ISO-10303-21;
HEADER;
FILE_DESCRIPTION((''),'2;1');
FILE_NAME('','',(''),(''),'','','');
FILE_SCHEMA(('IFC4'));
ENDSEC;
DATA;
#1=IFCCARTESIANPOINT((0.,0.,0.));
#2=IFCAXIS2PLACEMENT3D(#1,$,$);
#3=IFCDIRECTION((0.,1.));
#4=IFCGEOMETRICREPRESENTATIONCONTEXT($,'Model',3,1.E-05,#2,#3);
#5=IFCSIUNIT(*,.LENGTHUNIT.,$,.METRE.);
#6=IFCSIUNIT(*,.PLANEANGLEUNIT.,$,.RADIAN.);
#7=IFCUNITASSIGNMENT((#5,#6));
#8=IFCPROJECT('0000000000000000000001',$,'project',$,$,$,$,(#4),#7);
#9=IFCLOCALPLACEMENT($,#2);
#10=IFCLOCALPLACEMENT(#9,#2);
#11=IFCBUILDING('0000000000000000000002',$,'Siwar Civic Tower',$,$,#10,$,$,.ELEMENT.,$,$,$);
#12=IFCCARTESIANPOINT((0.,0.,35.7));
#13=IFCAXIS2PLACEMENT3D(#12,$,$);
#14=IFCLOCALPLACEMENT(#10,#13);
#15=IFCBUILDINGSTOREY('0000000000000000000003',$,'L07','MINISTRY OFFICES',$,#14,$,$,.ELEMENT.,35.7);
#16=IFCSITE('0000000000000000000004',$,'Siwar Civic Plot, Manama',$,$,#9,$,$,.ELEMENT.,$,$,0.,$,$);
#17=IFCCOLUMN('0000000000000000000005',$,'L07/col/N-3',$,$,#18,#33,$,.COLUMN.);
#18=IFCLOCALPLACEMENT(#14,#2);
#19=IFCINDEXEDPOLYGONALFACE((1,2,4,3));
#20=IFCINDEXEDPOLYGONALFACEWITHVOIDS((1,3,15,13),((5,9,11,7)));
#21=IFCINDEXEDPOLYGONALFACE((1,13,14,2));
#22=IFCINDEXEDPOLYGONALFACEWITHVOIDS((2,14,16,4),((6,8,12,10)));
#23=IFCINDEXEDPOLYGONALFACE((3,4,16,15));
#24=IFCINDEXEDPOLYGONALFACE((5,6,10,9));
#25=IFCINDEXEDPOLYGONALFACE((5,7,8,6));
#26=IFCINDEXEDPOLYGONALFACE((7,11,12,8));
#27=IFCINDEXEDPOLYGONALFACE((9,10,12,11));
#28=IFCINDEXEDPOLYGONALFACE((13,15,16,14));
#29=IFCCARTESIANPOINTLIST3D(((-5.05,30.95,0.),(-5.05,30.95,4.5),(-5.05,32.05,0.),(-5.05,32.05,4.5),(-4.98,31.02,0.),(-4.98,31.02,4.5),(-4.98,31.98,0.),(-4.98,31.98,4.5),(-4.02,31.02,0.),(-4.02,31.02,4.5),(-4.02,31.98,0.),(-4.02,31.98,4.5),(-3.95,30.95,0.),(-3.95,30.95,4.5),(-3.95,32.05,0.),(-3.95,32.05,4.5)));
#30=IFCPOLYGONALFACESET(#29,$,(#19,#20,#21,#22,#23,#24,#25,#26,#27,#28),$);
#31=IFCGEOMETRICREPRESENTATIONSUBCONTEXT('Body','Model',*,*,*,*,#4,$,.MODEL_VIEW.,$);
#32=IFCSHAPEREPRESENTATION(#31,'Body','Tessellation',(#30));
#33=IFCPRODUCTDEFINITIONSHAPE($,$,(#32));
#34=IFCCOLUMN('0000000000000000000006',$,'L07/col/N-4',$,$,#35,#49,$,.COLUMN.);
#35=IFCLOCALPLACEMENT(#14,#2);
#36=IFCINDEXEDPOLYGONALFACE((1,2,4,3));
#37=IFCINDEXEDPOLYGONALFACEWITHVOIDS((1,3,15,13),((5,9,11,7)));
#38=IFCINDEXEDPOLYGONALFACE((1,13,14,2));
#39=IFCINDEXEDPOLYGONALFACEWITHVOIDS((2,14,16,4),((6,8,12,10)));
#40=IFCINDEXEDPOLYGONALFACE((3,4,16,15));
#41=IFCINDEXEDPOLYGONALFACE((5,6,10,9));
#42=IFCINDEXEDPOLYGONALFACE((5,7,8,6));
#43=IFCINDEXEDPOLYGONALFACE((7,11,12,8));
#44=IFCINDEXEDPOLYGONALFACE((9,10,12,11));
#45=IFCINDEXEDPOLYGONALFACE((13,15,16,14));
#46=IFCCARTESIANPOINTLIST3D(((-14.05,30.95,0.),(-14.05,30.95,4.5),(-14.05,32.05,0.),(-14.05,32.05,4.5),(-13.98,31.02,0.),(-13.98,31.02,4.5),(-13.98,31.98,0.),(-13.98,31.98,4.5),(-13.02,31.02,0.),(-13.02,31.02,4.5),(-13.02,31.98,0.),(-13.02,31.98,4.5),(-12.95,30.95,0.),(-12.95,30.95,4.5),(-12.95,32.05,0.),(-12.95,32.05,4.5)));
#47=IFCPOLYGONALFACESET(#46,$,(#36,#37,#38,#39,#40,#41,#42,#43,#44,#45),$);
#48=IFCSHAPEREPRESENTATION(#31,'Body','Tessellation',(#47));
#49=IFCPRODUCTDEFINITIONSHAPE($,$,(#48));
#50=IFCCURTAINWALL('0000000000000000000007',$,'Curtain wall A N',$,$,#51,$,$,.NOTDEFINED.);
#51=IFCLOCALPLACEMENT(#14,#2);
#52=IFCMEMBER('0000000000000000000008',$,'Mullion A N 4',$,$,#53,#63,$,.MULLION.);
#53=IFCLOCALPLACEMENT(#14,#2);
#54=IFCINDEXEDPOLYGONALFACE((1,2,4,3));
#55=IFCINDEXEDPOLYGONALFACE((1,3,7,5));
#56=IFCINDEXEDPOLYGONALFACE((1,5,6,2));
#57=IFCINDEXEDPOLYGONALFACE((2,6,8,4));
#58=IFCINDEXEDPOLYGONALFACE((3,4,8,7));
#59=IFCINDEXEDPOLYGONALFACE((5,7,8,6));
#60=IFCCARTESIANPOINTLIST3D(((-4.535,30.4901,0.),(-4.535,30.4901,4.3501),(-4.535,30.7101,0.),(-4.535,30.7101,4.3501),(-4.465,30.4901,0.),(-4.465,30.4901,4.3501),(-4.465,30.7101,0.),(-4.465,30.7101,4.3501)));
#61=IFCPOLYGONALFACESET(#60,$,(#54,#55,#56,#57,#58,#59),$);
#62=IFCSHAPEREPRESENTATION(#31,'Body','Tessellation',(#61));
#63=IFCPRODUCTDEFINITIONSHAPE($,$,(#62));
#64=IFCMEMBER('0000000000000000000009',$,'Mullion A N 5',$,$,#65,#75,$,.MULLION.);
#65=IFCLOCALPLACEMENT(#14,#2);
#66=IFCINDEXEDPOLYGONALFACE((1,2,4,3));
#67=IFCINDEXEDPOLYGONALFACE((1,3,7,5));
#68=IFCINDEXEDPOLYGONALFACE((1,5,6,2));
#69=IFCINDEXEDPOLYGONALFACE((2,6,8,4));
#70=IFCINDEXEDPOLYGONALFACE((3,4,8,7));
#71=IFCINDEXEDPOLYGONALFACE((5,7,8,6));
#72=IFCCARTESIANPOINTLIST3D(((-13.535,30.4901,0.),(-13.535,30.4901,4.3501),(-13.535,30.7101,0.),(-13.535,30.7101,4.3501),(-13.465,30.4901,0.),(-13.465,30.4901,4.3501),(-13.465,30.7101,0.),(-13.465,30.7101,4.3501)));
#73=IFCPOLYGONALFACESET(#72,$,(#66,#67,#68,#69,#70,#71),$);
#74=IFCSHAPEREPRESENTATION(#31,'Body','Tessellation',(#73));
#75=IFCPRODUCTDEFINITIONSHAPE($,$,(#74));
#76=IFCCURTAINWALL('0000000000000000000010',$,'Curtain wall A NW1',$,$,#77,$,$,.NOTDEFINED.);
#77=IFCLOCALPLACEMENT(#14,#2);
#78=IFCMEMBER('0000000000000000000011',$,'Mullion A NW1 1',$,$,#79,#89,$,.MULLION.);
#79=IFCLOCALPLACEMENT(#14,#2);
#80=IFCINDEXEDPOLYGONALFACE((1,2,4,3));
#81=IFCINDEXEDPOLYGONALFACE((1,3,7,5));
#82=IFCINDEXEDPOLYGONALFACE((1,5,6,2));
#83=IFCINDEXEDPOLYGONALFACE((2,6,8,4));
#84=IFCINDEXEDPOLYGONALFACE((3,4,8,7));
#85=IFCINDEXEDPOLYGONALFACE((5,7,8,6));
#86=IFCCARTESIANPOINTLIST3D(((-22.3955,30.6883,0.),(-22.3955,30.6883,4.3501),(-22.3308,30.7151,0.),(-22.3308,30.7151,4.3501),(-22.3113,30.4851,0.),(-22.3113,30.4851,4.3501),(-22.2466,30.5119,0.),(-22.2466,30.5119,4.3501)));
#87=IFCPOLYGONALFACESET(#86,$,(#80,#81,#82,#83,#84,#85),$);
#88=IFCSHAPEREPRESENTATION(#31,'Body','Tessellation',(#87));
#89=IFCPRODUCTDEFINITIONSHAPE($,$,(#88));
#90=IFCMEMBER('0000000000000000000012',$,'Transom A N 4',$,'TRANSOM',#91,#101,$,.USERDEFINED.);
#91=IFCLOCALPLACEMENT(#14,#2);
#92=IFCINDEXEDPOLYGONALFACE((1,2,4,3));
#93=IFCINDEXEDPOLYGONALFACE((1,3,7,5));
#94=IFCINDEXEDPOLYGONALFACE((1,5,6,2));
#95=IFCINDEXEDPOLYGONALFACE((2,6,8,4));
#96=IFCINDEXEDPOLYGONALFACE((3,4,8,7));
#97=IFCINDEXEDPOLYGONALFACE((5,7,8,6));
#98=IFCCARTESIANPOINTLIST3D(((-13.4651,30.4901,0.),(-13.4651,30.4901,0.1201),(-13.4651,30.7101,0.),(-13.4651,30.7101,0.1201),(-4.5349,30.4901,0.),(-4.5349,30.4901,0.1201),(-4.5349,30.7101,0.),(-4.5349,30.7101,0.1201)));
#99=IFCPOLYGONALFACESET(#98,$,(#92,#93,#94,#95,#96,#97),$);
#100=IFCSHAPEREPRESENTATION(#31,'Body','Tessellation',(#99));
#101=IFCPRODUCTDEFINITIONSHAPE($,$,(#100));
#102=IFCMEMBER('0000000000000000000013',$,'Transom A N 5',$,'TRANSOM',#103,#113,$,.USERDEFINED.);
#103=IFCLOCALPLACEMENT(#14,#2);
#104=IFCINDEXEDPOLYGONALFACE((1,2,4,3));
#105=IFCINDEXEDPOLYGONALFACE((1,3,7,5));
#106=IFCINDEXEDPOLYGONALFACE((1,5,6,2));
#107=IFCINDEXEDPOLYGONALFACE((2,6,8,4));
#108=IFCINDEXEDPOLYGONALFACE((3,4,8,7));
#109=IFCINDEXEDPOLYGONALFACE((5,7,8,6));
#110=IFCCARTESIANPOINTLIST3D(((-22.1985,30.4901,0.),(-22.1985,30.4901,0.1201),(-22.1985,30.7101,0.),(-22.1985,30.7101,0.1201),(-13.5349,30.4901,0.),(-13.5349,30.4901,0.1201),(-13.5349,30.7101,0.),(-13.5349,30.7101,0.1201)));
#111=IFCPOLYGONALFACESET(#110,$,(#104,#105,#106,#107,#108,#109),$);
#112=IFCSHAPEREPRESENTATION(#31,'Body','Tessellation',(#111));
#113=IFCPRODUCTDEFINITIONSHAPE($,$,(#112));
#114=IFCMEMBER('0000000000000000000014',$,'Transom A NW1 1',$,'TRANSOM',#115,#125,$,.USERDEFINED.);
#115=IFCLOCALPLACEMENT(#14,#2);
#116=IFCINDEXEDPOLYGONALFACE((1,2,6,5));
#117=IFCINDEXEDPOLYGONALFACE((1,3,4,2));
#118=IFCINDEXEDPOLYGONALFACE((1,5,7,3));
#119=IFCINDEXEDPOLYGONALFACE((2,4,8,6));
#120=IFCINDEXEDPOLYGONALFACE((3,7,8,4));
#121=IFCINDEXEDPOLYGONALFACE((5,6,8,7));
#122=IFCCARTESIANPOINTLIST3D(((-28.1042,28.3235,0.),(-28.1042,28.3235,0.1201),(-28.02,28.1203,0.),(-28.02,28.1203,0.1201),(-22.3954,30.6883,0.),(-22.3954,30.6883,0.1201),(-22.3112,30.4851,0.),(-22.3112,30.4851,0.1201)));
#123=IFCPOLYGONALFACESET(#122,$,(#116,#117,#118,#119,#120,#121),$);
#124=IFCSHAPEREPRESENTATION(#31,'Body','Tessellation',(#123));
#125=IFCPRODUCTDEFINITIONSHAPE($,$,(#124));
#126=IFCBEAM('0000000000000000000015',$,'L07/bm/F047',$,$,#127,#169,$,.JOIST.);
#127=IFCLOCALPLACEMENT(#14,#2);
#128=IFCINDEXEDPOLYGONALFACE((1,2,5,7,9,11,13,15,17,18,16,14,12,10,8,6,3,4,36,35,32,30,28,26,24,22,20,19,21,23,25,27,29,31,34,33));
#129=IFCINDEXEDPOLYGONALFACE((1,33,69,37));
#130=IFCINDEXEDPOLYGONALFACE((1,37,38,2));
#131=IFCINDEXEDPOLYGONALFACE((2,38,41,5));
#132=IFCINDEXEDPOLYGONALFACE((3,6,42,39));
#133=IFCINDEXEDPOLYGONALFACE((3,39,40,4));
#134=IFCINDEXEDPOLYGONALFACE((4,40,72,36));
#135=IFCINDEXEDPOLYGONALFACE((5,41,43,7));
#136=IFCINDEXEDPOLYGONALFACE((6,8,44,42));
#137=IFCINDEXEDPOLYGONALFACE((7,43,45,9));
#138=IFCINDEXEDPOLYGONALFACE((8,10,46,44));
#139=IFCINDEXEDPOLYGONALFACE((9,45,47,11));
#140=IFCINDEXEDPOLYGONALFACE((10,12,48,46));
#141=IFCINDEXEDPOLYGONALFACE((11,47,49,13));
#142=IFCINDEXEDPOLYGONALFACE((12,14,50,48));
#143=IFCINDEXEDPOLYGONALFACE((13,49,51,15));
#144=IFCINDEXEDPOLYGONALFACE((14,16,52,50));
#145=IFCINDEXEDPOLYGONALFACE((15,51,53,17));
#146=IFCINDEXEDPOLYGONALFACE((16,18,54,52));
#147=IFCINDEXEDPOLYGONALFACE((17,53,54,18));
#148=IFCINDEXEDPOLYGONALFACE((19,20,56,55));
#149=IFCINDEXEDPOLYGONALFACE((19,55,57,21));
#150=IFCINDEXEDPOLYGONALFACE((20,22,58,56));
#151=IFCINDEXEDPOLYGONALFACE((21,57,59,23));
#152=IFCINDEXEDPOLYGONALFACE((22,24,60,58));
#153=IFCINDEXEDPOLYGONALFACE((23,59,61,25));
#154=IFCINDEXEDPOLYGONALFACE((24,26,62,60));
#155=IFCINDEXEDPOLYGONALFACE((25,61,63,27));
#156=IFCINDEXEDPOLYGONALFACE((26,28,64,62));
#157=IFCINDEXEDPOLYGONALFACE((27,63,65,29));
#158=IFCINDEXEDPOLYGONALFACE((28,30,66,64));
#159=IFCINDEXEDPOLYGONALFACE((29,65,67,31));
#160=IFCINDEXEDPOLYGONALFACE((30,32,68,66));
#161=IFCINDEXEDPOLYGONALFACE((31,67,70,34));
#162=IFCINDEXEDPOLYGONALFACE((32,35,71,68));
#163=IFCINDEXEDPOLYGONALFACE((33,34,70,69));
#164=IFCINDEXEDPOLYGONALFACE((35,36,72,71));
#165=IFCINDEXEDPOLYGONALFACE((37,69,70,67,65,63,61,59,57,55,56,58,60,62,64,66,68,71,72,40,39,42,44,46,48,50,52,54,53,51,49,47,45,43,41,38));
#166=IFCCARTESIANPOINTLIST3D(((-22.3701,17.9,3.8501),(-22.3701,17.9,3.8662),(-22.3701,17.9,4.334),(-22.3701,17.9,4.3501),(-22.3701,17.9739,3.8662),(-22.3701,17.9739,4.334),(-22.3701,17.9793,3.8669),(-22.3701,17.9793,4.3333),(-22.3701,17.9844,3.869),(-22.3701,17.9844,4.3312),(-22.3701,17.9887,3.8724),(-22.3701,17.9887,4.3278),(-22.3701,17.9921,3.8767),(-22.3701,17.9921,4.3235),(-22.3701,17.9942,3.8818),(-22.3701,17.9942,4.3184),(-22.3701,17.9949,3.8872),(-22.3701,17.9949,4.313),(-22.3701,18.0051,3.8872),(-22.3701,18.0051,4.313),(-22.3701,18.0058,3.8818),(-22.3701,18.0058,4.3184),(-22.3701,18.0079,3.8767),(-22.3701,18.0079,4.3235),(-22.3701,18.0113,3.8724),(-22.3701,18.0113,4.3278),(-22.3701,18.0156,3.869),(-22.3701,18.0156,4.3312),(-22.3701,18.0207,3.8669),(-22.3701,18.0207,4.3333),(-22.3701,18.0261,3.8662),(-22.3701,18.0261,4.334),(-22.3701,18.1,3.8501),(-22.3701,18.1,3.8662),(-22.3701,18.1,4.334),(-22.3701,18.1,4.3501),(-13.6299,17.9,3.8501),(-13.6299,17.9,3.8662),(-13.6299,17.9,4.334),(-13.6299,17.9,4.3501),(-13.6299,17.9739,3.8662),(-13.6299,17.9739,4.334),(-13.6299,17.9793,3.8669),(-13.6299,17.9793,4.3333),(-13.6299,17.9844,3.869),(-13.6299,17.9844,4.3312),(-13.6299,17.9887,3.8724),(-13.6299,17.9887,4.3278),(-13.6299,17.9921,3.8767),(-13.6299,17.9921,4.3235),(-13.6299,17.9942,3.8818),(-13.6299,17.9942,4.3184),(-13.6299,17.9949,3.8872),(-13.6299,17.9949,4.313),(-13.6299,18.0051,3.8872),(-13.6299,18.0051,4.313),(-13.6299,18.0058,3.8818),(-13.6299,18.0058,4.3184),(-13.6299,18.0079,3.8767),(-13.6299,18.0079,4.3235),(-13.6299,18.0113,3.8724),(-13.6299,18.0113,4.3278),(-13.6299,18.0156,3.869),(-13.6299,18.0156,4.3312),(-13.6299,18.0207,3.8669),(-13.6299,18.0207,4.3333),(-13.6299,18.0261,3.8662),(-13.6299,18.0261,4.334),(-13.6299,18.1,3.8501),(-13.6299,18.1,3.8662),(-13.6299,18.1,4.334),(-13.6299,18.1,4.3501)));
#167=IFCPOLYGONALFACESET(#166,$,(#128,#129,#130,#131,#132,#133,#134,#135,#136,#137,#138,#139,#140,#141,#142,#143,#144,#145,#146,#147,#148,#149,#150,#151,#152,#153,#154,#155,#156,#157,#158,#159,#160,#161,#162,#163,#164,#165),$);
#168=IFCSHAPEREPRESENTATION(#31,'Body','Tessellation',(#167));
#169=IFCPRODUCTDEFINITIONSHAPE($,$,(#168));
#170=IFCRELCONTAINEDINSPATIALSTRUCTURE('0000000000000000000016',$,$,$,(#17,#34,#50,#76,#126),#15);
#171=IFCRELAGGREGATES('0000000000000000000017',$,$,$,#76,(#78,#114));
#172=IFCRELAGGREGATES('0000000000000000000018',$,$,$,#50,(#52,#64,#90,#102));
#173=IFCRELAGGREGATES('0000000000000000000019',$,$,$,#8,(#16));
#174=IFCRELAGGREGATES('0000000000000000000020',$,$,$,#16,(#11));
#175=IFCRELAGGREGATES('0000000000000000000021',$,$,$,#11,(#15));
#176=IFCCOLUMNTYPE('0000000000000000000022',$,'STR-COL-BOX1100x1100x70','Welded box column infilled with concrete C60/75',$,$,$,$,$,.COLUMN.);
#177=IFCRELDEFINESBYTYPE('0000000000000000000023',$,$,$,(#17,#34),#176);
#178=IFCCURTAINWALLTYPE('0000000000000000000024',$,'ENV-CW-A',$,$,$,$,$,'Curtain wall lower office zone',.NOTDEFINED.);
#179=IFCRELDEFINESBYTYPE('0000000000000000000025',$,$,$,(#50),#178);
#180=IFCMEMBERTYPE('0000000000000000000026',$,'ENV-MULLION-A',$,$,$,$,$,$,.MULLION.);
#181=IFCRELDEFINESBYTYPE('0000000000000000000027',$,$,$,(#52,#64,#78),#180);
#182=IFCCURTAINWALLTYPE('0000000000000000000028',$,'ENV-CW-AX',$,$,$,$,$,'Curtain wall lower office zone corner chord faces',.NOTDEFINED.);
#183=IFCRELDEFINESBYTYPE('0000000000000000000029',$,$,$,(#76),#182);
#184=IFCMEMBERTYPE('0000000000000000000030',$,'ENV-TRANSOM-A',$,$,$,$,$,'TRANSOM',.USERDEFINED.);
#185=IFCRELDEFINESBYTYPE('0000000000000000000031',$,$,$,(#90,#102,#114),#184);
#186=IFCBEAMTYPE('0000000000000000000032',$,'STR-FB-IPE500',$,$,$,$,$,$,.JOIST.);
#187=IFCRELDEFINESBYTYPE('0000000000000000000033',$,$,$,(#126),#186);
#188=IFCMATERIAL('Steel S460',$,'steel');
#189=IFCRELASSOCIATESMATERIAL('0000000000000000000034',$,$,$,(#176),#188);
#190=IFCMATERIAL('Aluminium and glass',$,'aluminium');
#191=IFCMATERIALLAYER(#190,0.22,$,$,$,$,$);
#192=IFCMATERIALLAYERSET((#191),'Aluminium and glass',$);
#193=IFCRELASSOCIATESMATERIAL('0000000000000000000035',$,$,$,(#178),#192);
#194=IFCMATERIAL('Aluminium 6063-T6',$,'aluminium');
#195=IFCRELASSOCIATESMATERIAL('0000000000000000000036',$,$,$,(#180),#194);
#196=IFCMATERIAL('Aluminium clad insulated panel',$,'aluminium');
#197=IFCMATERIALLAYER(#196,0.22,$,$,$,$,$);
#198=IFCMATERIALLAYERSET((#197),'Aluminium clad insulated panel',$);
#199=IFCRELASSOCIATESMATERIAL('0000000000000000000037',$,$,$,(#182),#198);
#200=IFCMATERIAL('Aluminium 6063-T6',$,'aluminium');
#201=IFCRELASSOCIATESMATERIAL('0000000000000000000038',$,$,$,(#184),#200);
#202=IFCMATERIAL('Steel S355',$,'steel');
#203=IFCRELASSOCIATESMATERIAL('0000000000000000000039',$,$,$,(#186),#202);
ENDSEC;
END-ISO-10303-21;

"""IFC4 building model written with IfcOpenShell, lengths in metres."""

from ifc_helpers import new_model, si_unit, direction, frame, origin, origin_2d, place, context, subcontext, project, spatial, rectangle, hollow_rectangle, i_section, extrude, material, layer, layer_set, material_profile, profile_set, type_object, element, aggregate, save


model = new_model("IFC4")

# Units and contexts
model_context = context("Model", 3, precision=1e-05, world=origin(), true_north=direction((0.0, 1.0)))
body_context = subcontext(model_context, "Body", "Model", "MODEL_VIEW")
ifc_project = project(units=[si_unit("LENGTHUNIT", "METRE"), si_unit("PLANEANGLEUNIT", "RADIAN")], contexts=[model_context])

# Site, building, storey
site_placement = place(None, origin())
site = spatial("IfcSite", under=ifc_project, at=site_placement, Name="Siwar Civic Plot, Manama", CompositionType="ELEMENT", RefElevation=0.0)
building_placement = place(site_placement, origin())
building = spatial("IfcBuilding", under=site, at=building_placement, Name="Siwar Civic Tower", CompositionType="ELEMENT")
storey_placement = place(building_placement, frame((0.0, 0.0, 35.7)))
storey = spatial("IfcBuildingStorey", under=building, at=storey_placement, Name="L07", Description="MINISTRY OFFICES", CompositionType="ELEMENT", Elevation=35.7)

# Columns
ifc_material_1 = material(Name="Steel S460", Category="steel")
ifc_material_profile_1 = material_profile(ifc_material_1, hollow_rectangle(XDim=1.1001, YDim=1.1001, WallThickness=0.0701, at=origin_2d()), Name="BOX1100x1100x70")
ifc_profile_set_1 = profile_set([ifc_material_profile_1], Name="Steel S460")
column_type = type_object("IfcColumnType", Name="STR-COL-BOX1100x1100x70", Description="Welded box column infilled with concrete C60/75", PredefinedType="COLUMN", material=ifc_profile_set_1)
for number, where, z_axis, x_axis, name in (
    (1, (-4.5, 31.5, 0.0), (0.0, 0.0, 1.0), (1.0, 0.0, 0.0), "L07/col/N-3"),
    (2, (-13.5, 31.5, 0.0), (0.0, 0.0, 1.0), (1.0, 0.0, 0.0), "L07/col/N-4"),
):
    element("IfcColumn", number, at=place(storey_placement, frame(where, z_axis=z_axis, x_axis=x_axis)), inside=storey, type_object=column_type, Name=name, PredefinedType="COLUMN", context=body_context, shape_type="SweptSolid", body=[
        extrude(hollow_rectangle(XDim=1.1001, YDim=1.1001, WallThickness=0.0701, at=origin_2d()), origin(), (0.0, 0.0, 1.0), 4.5),
    ])

# Curtain wall, members
ifc_material_2 = material(Name="Aluminium and glass", Category="aluminium")
ifc_layer_1 = layer(ifc_material_2, 0.22)
ifc_layer_set_1 = layer_set([ifc_layer_1], Name="Aluminium and glass")
curtain_wall_type_1 = type_object("IfcCurtainWallType", Name="ENV-CW-A", ElementType="Curtain wall lower office zone", PredefinedType="NOTDEFINED", material=ifc_layer_set_1)
curtain_wall_1_placement = place(storey_placement, origin())
curtain_wall_1 = element("IfcCurtainWall", 3, at=curtain_wall_1_placement, inside=storey, type_object=curtain_wall_type_1, Name="Curtain wall A N", PredefinedType="NOTDEFINED")
ifc_material_3 = material(Name="Aluminium 6063-T6", Category="aluminium")
ifc_material_profile_2 = material_profile(ifc_material_3, rectangle(XDim=0.22, YDim=0.0701, at=origin_2d()), Name="AL 220x70")
ifc_profile_set_2 = profile_set([ifc_material_profile_2], Name="Aluminium 6063-T6")
member_type_1 = type_object("IfcMemberType", Name="ENV-MULLION-A", PredefinedType="MULLION", material=ifc_profile_set_2)
member_1_placement = place(storey_placement, frame((-4.5, 30.6001, 0.0), z_axis=(0.0, 0.0, 1.0), x_axis=(0.0, -1.0, 0.0)))
member_1 = element("IfcMember", 4, at=member_1_placement, type_object=member_type_1, Name="Mullion A N 4", PredefinedType="MULLION", context=body_context, shape_type="SweptSolid", body=[
    extrude(rectangle(XDim=0.22, YDim=0.0701, at=origin_2d()), origin(), (0.0, 0.0, 1.0), 4.3501),
])
member_2_placement = place(storey_placement, frame((-13.5, 30.6001, 0.0), z_axis=(0.0, 0.0, 1.0), x_axis=(0.0, -1.0, 0.0)))
member_2 = element("IfcMember", 5, at=member_2_placement, type_object=member_type_1, Name="Mullion A N 5", PredefinedType="MULLION", context=body_context, shape_type="SweptSolid", body=[
    extrude(rectangle(XDim=0.22, YDim=0.0701, at=origin_2d()), origin(), (0.0, 0.0, 1.0), 4.3501),
])

# Curtain wall, member
ifc_material_4 = material(Name="Aluminium clad insulated panel", Category="aluminium")
ifc_layer_2 = layer(ifc_material_4, 0.22)
ifc_layer_set_2 = layer_set([ifc_layer_2], Name="Aluminium clad insulated panel")
curtain_wall_type_2 = type_object("IfcCurtainWallType", Name="ENV-CW-AX", ElementType="Curtain wall lower office zone corner chord faces", PredefinedType="NOTDEFINED", material=ifc_layer_set_2)
curtain_wall_2_placement = place(storey_placement, origin())
curtain_wall_2 = element("IfcCurtainWall", 6, at=curtain_wall_2_placement, inside=storey, type_object=curtain_wall_type_2, Name="Curtain wall A NW1", PredefinedType="NOTDEFINED")
member_3_placement = place(storey_placement, frame((-22.321, 30.6001, 0.0), z_axis=(0.0, 0.0, 1.0), x_axis=(0.382683, -0.92388, 0.0)))
member_3 = element("IfcMember", 7, at=member_3_placement, type_object=member_type_1, Name="Mullion A NW1 1", PredefinedType="MULLION", context=body_context, shape_type="SweptSolid", body=[
    extrude(rectangle(XDim=0.22, YDim=0.0701, at=origin_2d()), origin(), (0.0, 0.0, 1.0), 4.3501),
])

# Members
ifc_material_5 = material(Name="Aluminium 6063-T6", Category="aluminium")
ifc_material_profile_3 = material_profile(ifc_material_5, rectangle(XDim=0.22, YDim=0.1201, at=origin_2d()), Name="AL 220x120")
ifc_profile_set_3 = profile_set([ifc_material_profile_3], Name="Aluminium 6063-T6")
member_type_2 = type_object("IfcMemberType", Name="ENV-TRANSOM-A", ElementType="TRANSOM", PredefinedType="USERDEFINED", material=ifc_profile_set_3)
member_4_placement = place(storey_placement, frame((-4.5349, 30.6001, 0.0601), z_axis=(-1.0, 0.0, 0.0), x_axis=(0.0, -1.0, 0.0)))
member_4 = element("IfcMember", 8, at=member_4_placement, type_object=member_type_2, Name="Transom A N 4", ObjectType="TRANSOM", PredefinedType="USERDEFINED", context=body_context, shape_type="SweptSolid", body=[
    extrude(rectangle(XDim=0.22, YDim=0.1201, at=origin_2d()), origin(), (0.0, 0.0, 1.0), 8.9302),
])
member_5_placement = place(storey_placement, frame((-13.5349, 30.6001, 0.0601), z_axis=(-1.0, 0.0, 0.0), x_axis=(0.0, -1.0, 0.0)))
member_5 = element("IfcMember", 9, at=member_5_placement, type_object=member_type_2, Name="Transom A N 5", ObjectType="TRANSOM", PredefinedType="USERDEFINED", context=body_context, shape_type="SweptSolid", body=[
    extrude(rectangle(XDim=0.22, YDim=0.1201, at=origin_2d()), origin(), (0.0, 0.0, 1.0), 8.6636),
])
member_6_placement = place(storey_placement, frame((-22.3533, 30.5867, 0.0601), z_axis=(-0.923873, -0.382698, 0.0), x_axis=(0.382698, -0.923873, 0.0)))
member_6 = element("IfcMember", 10, at=member_6_placement, type_object=member_type_2, Name="Transom A NW1 1", ObjectType="TRANSOM", PredefinedType="USERDEFINED", context=body_context, shape_type="SweptSolid", body=[
    extrude(rectangle(XDim=0.22, YDim=0.1201, at=origin_2d()), origin(), (0.0, 0.0, 1.0), 6.1792),
])
aggregate(curtain_wall_2, [member_3, member_6])

# Beam
ifc_material_6 = material(Name="Steel S355", Category="steel")
ifc_material_profile_4 = material_profile(ifc_material_6, i_section(OverallWidth=0.2, OverallDepth=0.5, WebThickness=0.0103, FlangeThickness=0.0161, FilletRadius=0.021, at=origin_2d()), Name="IPE500")
ifc_profile_set_4 = profile_set([ifc_material_profile_4], Name="Steel S355")
beam_type_1 = type_object("IfcBeamType", Name="STR-FB-IPE500", PredefinedType="JOIST", material=ifc_profile_set_4)
for number, where, z_axis, x_axis, name in (
    (11, (-22.3701, 18.0, 4.1001), (1.0, 0.0, 0.0), (0.0, 1.0, 0.0), "L07/bm/F047"),
):
    element("IfcBeam", number, at=place(storey_placement, frame(where, z_axis=z_axis, x_axis=x_axis)), inside=storey, type_object=beam_type_1, Name=name, PredefinedType="JOIST", context=body_context, shape_type="SweptSolid", body=[
        extrude(i_section(OverallWidth=0.2, OverallDepth=0.5, WebThickness=0.0103, FlangeThickness=0.0161, FilletRadius=0.021, at=origin_2d()), origin(), (0.0, 0.0, 1.0), 8.7402),
    ])

aggregate(curtain_wall_1, [member_1, member_2, member_4, member_5])

save(model, "model.ifc")
